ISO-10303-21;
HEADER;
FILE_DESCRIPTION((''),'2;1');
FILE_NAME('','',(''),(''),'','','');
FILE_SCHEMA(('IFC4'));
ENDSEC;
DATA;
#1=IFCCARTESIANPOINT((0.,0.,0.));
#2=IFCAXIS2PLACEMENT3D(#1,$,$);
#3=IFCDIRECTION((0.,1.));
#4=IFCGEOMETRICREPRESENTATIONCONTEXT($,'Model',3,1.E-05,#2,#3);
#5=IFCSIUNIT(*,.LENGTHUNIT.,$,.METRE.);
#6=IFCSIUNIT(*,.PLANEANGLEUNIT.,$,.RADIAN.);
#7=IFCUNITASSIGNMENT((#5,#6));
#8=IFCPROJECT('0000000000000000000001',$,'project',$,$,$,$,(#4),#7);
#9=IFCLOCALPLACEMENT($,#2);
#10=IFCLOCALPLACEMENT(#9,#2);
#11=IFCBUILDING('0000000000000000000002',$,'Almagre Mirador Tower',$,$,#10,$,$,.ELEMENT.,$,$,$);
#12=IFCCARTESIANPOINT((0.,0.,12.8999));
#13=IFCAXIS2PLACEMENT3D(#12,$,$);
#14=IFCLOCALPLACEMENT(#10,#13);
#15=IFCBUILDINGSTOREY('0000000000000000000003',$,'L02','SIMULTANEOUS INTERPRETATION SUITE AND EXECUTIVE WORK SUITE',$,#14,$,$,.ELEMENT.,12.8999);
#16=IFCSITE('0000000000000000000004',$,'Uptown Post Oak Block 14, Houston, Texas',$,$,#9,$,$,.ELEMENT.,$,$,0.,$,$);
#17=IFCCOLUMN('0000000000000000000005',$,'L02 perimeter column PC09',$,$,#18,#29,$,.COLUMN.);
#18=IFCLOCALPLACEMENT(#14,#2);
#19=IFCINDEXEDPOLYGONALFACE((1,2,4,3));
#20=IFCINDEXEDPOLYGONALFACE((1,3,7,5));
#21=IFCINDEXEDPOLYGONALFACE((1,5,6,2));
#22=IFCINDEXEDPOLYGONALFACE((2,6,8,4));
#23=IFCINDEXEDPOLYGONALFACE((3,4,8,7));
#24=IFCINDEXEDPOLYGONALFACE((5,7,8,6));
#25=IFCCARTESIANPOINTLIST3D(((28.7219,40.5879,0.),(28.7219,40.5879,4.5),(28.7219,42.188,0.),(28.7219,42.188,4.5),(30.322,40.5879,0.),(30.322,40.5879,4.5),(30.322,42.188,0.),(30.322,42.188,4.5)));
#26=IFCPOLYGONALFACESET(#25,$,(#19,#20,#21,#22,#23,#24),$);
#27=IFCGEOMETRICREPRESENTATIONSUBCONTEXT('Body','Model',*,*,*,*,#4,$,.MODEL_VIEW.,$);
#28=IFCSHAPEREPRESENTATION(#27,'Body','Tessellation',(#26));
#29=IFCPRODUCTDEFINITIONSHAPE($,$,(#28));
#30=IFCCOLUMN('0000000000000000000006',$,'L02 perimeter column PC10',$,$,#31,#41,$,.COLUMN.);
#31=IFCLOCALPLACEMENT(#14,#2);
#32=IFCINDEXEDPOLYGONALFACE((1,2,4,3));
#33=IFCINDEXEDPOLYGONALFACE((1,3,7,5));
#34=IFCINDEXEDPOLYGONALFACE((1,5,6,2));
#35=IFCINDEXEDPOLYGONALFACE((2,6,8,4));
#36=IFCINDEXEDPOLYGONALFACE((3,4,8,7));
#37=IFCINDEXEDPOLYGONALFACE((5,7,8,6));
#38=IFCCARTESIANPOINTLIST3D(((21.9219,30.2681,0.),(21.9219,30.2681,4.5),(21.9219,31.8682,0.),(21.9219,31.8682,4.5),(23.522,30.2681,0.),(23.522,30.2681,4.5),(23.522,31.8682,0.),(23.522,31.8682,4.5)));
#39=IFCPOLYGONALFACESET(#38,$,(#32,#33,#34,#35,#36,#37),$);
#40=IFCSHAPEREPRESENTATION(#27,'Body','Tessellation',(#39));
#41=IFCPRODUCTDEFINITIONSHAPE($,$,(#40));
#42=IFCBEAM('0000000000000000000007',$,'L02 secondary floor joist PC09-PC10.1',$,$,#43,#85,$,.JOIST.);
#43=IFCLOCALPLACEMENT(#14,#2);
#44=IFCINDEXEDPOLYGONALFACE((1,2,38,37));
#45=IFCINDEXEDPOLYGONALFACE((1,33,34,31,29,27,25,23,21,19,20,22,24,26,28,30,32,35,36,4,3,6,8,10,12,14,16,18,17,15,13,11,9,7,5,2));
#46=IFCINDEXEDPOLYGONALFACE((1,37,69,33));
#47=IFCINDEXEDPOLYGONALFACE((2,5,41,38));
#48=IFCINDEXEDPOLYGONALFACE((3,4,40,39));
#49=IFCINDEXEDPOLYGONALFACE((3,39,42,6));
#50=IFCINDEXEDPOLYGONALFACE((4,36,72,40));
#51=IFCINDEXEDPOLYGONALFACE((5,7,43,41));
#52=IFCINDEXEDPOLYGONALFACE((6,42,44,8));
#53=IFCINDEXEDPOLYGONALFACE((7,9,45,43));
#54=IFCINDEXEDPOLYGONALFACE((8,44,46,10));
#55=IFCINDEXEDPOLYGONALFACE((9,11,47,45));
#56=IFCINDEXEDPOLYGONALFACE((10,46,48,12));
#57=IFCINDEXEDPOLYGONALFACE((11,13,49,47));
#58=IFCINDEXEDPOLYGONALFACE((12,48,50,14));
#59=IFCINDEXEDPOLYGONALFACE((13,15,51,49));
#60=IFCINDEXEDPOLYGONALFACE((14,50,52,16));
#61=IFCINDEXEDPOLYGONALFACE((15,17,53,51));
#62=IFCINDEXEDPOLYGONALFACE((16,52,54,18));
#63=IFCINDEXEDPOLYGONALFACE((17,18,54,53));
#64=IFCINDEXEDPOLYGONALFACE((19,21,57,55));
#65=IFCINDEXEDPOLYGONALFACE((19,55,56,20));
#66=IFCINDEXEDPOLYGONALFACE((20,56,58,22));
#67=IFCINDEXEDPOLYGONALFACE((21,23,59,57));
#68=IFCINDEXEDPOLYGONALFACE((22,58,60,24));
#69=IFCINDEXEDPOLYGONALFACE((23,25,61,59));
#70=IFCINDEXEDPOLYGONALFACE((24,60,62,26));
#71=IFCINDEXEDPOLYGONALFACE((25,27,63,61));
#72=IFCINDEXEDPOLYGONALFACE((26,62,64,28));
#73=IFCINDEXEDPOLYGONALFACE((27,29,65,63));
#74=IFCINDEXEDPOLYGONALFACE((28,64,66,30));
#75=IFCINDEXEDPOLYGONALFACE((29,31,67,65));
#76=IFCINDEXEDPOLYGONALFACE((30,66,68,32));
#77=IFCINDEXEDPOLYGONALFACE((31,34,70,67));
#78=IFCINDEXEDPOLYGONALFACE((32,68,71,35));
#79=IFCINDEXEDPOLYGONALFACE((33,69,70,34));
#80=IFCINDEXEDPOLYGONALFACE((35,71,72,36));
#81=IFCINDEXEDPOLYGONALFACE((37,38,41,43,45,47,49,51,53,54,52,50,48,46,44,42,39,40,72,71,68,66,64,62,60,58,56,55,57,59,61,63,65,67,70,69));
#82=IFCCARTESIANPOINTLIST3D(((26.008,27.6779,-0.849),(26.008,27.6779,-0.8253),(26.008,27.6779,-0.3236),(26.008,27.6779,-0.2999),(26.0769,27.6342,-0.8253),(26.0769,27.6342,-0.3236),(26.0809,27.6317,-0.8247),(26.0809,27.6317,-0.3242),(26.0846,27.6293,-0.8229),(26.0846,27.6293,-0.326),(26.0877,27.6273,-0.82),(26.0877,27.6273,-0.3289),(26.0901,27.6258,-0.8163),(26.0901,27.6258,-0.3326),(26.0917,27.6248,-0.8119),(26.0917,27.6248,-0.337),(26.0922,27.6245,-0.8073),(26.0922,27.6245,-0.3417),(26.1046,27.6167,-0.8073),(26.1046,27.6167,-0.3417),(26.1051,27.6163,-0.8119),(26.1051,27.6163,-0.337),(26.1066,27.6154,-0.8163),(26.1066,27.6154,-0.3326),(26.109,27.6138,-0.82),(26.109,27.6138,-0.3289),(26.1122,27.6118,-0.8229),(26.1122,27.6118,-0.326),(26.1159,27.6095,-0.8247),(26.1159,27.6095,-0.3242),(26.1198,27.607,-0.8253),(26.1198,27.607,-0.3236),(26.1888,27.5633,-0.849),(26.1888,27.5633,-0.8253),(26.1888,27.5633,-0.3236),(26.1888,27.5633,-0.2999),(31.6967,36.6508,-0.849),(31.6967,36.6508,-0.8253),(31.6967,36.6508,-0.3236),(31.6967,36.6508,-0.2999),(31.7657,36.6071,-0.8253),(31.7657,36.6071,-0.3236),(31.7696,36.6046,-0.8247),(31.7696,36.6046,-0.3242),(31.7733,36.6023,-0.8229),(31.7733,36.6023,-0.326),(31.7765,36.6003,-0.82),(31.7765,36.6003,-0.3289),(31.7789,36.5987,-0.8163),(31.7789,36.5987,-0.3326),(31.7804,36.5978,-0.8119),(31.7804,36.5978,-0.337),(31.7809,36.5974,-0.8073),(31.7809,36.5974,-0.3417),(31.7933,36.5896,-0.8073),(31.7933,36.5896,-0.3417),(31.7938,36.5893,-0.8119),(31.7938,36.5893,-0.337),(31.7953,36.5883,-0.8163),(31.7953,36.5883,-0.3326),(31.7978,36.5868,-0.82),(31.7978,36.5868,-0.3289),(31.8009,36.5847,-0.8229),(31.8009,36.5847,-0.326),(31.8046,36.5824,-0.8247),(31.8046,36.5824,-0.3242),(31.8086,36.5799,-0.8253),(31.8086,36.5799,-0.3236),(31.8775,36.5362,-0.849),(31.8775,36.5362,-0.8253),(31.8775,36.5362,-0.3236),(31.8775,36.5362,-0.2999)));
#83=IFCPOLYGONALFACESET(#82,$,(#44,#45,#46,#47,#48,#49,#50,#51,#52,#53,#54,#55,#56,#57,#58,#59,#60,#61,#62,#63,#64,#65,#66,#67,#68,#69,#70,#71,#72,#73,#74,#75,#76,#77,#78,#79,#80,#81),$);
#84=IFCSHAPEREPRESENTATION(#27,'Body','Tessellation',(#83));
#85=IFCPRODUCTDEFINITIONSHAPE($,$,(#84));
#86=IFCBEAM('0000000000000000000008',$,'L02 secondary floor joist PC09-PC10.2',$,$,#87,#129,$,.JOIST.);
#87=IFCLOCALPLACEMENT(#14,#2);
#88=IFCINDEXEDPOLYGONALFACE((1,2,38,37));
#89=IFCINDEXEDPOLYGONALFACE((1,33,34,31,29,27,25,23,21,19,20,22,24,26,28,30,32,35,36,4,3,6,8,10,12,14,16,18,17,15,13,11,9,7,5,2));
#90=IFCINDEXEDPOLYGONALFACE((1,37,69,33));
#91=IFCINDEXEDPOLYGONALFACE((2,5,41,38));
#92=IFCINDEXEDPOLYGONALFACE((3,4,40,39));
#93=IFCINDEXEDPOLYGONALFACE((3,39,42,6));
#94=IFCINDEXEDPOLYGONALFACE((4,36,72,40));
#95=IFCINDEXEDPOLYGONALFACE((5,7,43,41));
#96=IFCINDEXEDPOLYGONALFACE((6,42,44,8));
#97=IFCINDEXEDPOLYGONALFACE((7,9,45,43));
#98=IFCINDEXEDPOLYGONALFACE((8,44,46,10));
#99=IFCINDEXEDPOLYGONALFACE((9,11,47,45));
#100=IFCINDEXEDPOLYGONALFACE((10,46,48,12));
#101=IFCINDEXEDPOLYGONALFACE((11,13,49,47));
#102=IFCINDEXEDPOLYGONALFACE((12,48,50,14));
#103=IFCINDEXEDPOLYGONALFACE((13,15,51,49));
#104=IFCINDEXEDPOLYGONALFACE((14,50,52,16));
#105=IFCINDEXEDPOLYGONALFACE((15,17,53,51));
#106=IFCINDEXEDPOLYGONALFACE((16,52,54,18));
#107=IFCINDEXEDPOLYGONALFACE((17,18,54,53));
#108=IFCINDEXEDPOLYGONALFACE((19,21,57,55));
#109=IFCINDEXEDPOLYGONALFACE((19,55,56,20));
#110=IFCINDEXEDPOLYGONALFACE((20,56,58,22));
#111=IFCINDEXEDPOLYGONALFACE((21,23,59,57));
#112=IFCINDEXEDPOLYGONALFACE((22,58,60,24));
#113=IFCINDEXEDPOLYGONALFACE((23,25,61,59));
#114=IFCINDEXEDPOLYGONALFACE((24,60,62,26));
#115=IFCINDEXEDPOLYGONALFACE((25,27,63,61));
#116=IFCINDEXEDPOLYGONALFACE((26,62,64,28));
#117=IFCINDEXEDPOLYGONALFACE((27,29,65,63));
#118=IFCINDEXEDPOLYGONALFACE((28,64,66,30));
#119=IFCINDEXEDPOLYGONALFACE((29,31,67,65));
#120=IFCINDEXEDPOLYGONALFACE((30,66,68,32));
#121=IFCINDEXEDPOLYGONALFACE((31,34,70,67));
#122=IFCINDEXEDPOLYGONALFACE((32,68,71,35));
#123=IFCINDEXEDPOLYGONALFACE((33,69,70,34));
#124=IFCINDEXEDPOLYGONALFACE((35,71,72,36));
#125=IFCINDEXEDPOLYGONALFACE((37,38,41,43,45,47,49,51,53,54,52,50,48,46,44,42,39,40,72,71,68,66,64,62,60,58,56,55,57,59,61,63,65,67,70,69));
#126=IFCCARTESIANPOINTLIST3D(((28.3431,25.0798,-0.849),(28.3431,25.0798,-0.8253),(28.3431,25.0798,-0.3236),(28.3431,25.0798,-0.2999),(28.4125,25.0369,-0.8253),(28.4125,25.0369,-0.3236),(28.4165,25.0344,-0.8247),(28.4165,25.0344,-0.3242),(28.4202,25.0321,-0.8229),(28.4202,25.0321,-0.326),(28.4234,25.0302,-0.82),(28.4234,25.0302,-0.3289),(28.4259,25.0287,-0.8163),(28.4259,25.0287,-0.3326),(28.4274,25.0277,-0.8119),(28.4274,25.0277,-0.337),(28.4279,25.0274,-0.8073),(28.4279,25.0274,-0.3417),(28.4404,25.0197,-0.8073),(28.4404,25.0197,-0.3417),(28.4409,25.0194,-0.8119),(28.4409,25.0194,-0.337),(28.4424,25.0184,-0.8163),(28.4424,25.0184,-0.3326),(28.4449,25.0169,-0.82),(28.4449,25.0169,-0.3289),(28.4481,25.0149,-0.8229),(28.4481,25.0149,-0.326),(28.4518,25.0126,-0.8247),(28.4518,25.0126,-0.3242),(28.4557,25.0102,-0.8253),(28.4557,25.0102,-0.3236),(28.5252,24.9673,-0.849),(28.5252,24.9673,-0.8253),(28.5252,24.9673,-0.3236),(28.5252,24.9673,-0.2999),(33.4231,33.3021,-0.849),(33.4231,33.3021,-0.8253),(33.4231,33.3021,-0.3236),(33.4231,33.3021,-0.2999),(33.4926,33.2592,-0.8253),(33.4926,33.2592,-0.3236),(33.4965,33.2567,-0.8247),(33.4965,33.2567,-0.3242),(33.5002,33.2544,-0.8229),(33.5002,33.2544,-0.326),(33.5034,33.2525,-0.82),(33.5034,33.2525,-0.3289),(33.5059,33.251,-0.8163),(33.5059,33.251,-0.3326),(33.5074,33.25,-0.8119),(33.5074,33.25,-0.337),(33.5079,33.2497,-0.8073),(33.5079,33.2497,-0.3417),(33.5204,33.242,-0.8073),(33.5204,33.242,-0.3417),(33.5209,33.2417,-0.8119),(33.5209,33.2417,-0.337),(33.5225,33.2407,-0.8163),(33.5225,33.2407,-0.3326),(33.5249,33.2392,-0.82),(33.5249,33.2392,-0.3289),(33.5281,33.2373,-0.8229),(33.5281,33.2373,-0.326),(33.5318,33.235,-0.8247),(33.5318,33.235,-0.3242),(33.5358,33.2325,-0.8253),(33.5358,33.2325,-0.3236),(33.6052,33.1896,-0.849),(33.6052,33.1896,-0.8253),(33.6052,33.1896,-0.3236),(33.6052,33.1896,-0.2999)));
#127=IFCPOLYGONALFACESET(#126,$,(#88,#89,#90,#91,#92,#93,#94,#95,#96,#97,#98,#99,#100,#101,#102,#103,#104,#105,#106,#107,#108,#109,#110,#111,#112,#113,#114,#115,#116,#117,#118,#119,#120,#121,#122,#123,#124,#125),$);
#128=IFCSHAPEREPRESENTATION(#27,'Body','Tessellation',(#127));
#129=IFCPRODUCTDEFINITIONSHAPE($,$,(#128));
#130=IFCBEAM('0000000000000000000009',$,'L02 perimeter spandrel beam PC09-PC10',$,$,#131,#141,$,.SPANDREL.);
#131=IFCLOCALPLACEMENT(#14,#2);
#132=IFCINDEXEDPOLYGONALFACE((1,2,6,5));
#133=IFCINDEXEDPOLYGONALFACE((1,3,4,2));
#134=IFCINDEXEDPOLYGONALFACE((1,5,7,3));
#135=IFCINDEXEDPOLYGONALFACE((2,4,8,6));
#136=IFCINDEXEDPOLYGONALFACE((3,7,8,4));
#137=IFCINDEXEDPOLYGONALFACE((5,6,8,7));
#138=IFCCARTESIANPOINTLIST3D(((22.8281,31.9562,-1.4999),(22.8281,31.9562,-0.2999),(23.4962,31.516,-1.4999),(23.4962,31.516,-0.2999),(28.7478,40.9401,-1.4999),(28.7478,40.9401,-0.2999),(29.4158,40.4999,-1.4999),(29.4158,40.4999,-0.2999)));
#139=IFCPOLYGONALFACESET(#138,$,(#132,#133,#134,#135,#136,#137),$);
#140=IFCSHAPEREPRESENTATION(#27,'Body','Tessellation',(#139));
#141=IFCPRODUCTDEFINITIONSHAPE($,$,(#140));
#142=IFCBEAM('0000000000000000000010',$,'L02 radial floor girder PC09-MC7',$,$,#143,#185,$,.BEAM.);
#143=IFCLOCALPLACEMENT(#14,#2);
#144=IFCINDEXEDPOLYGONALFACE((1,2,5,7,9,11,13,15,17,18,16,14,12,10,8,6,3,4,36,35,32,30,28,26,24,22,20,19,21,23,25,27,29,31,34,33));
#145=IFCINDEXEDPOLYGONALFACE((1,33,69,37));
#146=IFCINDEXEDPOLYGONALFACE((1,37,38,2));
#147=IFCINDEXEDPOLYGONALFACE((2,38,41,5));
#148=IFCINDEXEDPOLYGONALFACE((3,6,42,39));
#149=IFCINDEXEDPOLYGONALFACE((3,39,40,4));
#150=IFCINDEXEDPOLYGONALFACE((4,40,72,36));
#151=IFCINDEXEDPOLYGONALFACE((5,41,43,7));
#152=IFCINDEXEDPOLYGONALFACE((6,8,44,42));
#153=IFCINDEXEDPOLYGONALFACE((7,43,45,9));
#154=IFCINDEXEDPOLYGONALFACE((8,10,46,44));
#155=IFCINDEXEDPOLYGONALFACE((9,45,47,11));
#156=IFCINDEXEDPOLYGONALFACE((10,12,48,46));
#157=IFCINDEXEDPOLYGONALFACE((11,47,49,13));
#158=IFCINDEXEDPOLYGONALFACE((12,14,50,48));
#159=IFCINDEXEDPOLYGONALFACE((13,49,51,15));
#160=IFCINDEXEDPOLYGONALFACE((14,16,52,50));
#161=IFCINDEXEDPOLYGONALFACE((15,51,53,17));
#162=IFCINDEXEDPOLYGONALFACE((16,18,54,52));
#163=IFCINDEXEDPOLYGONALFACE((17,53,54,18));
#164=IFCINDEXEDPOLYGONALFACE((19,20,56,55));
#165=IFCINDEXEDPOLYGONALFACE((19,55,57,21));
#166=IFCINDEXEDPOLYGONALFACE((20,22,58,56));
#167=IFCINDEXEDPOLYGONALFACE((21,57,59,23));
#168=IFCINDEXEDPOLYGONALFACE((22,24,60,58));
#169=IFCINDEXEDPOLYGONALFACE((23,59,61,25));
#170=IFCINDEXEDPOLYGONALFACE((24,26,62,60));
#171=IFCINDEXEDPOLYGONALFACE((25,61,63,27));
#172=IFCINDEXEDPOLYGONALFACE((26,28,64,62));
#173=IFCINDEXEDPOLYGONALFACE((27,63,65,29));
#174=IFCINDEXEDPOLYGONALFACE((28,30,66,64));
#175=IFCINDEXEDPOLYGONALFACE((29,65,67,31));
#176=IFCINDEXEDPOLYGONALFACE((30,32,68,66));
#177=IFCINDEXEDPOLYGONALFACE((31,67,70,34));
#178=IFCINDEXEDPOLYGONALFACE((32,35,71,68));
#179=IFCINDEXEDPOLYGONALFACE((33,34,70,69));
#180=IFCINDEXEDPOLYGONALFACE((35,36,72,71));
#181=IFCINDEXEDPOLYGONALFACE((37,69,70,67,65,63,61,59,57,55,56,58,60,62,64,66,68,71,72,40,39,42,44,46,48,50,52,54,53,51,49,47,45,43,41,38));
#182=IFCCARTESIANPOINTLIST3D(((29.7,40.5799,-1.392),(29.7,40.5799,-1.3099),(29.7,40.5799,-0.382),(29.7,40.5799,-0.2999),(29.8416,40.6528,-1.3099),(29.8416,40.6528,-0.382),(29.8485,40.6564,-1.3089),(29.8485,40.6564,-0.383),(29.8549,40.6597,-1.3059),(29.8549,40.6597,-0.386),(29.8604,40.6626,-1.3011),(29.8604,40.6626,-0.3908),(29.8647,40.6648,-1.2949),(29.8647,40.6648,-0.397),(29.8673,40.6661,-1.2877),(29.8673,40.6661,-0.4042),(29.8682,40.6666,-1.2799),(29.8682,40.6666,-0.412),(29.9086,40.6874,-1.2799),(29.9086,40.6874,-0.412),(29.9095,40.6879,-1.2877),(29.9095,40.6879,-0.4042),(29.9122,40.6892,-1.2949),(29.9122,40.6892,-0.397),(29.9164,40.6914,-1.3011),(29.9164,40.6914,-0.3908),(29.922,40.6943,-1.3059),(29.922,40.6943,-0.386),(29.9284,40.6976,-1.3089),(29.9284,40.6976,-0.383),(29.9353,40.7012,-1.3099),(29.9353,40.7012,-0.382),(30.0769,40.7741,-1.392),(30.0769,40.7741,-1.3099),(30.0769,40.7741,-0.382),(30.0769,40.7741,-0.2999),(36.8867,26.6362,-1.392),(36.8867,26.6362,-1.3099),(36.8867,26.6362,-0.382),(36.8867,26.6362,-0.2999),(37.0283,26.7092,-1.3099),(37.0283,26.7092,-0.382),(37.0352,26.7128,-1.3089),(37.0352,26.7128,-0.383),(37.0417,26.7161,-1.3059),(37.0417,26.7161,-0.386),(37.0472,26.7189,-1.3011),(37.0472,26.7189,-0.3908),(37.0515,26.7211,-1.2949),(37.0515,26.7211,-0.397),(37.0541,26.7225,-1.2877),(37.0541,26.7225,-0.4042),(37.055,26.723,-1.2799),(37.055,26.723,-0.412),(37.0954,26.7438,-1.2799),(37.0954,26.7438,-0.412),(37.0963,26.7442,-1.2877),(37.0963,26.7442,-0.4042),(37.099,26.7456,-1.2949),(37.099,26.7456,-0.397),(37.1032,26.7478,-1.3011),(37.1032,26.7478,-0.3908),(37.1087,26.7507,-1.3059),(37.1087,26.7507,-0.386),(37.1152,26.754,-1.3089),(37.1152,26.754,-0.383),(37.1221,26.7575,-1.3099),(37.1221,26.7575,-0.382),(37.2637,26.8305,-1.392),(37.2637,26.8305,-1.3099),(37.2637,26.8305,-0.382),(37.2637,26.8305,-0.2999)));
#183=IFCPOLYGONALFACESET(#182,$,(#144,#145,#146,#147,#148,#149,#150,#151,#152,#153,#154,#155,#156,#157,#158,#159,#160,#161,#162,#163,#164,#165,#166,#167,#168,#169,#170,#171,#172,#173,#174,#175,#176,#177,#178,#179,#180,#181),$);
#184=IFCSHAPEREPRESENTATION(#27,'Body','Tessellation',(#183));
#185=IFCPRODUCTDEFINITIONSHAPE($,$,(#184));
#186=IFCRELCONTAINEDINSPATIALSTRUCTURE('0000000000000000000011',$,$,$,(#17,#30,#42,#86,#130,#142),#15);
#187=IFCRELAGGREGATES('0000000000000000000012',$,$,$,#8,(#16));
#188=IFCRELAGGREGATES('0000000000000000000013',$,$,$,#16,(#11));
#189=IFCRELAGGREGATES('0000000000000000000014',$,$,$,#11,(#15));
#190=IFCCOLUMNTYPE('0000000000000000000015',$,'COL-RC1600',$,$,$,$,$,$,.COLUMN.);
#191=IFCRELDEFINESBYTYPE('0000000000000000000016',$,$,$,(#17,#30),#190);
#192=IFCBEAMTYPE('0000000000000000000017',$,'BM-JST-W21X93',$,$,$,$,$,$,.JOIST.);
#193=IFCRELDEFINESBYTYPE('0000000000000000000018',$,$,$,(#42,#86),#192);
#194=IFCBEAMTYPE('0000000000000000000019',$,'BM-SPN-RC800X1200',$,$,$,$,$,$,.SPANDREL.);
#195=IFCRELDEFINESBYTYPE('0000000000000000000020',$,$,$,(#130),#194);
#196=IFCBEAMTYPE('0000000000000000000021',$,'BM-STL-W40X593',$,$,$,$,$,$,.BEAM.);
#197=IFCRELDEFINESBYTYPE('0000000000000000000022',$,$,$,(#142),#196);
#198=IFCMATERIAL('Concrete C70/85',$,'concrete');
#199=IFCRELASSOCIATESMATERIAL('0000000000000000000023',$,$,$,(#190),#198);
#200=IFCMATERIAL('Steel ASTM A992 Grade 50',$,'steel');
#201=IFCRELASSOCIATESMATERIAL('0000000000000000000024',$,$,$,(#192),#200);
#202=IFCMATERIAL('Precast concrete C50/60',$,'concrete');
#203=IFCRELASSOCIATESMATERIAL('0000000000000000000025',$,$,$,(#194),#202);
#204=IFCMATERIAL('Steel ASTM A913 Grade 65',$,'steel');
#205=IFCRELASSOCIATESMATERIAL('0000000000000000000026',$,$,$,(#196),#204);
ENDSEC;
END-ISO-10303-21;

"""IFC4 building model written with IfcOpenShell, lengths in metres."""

from ifc_helpers import new_model, si_unit, direction, frame, origin, origin_2d, place, context, subcontext, project, spatial, rectangle, i_section, extrude, material, material_profile, profile_set, type_object, element, save


model = new_model("IFC4")

# Units and contexts
model_context = context("Model", 3, precision=1e-05, world=origin(), true_north=direction((0.0, 1.0)))
body_context = subcontext(model_context, "Body", "Model", "MODEL_VIEW")
ifc_project = project(units=[si_unit("LENGTHUNIT", "METRE"), si_unit("PLANEANGLEUNIT", "RADIAN")], contexts=[model_context])

# Site, building, storey
site_placement = place(None, origin())
site = spatial("IfcSite", under=ifc_project, at=site_placement, Name="Uptown Post Oak Block 14, Houston, Texas", CompositionType="ELEMENT", RefElevation=0.0)
building_placement = place(site_placement, origin())
building = spatial("IfcBuilding", under=site, at=building_placement, Name="Almagre Mirador Tower", CompositionType="ELEMENT")
storey_placement = place(building_placement, frame((0.0, 0.0, 12.8999)))
storey = spatial("IfcBuildingStorey", under=building, at=storey_placement, Name="L02", Description="SIMULTANEOUS INTERPRETATION SUITE AND EXECUTIVE WORK SUITE", CompositionType="ELEMENT", Elevation=12.8999)

# Columns
ifc_material_1 = material(Name="Concrete C70/85", Category="concrete")
ifc_material_profile_1 = material_profile(ifc_material_1, rectangle(XDim=1.6001, YDim=1.6001, at=origin_2d()), Name="RC1600X1600")
ifc_profile_set_1 = profile_set([ifc_material_profile_1], Name="Concrete C70/85")
column_type = type_object("IfcColumnType", Name="COL-RC1600", PredefinedType="COLUMN", material=ifc_profile_set_1)
for number, where, z_axis, x_axis, name in (
    (1, (29.522, 41.3879, 0.0), (0.0, 0.0, 1.0), (1.0, 0.0, 0.0), "L02 perimeter column PC09"),
    (2, (22.7219, 31.0681, 0.0), (0.0, 0.0, 1.0), (1.0, 0.0, 0.0), "L02 perimeter column PC10"),
):
    element("IfcColumn", number, at=place(storey_placement, frame(where, z_axis=z_axis, x_axis=x_axis)), inside=storey, type_object=column_type, Name=name, PredefinedType="COLUMN", context=body_context, shape_type="SweptSolid", body=[
        extrude(rectangle(XDim=1.6001, YDim=1.6001, at=origin_2d()), origin(), (0.0, 0.0, 1.0), 4.5),
    ])

# Beams
ifc_material_2 = material(Name="Steel ASTM A992 Grade 50", Category="steel")
ifc_material_profile_2 = material_profile(ifc_material_2, i_section(OverallWidth=0.2141, OverallDepth=0.5491, WebThickness=0.0146, FlangeThickness=0.0237, FilletRadius=0.0181, at=origin_2d()), Name="W21X93")
ifc_profile_set_2 = profile_set([ifc_material_profile_2], Name="Steel ASTM A992 Grade 50")
beam_type_1 = type_object("IfcBeamType", Name="BM-JST-W21X93", PredefinedType="JOIST", material=ifc_profile_set_2)
beam_1_placement = place(storey_placement, frame((31.7871, 36.5935, -0.5745), z_axis=(-0.535447, -0.844569, 0.0), x_axis=(0.844569, -0.535447, 0.0)))
element("IfcBeam", 3, at=beam_1_placement, inside=storey, type_object=beam_type_1, Name="L02 secondary floor joist PC09-PC10.1", PredefinedType="JOIST", context=body_context, shape_type="SweptSolid", body=[
    extrude(i_section(OverallWidth=0.2141, OverallDepth=0.5491, WebThickness=0.0146, FlangeThickness=0.0237, FilletRadius=0.0181, at=origin_2d()), origin(), (0.0, 0.0, 1.0), 10.6243),
])
beam_2_placement = place(storey_placement, frame((33.5142, 33.2458, -0.5745), z_axis=(-0.525607, -0.850727, 0.0), x_axis=(0.850727, -0.525607, 0.0)))
element("IfcBeam", 4, at=beam_2_placement, inside=storey, type_object=beam_type_1, Name="L02 secondary floor joist PC09-PC10.2", PredefinedType="JOIST", context=body_context, shape_type="SweptSolid", body=[
    extrude(i_section(OverallWidth=0.2141, OverallDepth=0.5491, WebThickness=0.0146, FlangeThickness=0.0237, FilletRadius=0.0181, at=origin_2d()), origin(), (0.0, 0.0, 1.0), 9.665),
])
ifc_material_3 = material(Name="Precast concrete C50/60", Category="concrete")
ifc_material_profile_3 = material_profile(ifc_material_3, rectangle(XDim=0.8, YDim=1.2, at=origin_2d()), Name="RC800X1200")
ifc_profile_set_3 = profile_set([ifc_material_profile_3], Name="Precast concrete C50/60")
beam_type_2 = type_object("IfcBeamType", Name="BM-SPN-RC800X1200", PredefinedType="SPANDREL", material=ifc_profile_set_3)
beam_3_placement = place(storey_placement, frame((29.0818, 40.72, -0.8999), z_axis=(-0.550215, -0.835023, 0.0), x_axis=(0.835023, -0.550215, 0.0)))
element("IfcBeam", 5, at=beam_3_placement, inside=storey, type_object=beam_type_2, Name="L02 perimeter spandrel beam PC09-PC10", PredefinedType="SPANDREL", context=body_context, shape_type="SweptSolid", body=[
    extrude(rectangle(XDim=0.8, YDim=1.2, at=origin_2d()), origin(), (0.0, 0.0, 1.0), 10.7588),
])
ifc_material_4 = material(Name="Steel ASTM A913 Grade 65", Category="steel")
ifc_material_profile_4 = material_profile(ifc_material_4, i_section(OverallWidth=0.4241, OverallDepth=1.092, WebThickness=0.0454, FlangeThickness=0.082, FilletRadius=0.03, at=origin_2d()), Name="W40X593")
ifc_profile_set_4 = profile_set([ifc_material_profile_4], Name="Steel ASTM A913 Grade 65")
beam_type_3 = type_object("IfcBeamType", Name="BM-STL-W40X593", PredefinedType="BEAM", material=ifc_profile_set_4)
beam_4_placement = place(storey_placement, frame((29.8884, 40.677, -0.8459), z_axis=(0.458143, -0.888879, 0.0), x_axis=(0.888879, 0.458143, 0.0)))
element("IfcBeam", 6, at=beam_4_placement, inside=storey, type_object=beam_type_3, Name="L02 radial floor girder PC09-MC7", PredefinedType="BEAM", context=body_context, shape_type="SweptSolid", body=[
    extrude(i_section(OverallWidth=0.4241, OverallDepth=1.092, WebThickness=0.0454, FlangeThickness=0.082, FilletRadius=0.03, at=origin_2d()), origin(), (0.0, 0.0, 1.0), 15.6868),
])

save(model, "model.ifc")
